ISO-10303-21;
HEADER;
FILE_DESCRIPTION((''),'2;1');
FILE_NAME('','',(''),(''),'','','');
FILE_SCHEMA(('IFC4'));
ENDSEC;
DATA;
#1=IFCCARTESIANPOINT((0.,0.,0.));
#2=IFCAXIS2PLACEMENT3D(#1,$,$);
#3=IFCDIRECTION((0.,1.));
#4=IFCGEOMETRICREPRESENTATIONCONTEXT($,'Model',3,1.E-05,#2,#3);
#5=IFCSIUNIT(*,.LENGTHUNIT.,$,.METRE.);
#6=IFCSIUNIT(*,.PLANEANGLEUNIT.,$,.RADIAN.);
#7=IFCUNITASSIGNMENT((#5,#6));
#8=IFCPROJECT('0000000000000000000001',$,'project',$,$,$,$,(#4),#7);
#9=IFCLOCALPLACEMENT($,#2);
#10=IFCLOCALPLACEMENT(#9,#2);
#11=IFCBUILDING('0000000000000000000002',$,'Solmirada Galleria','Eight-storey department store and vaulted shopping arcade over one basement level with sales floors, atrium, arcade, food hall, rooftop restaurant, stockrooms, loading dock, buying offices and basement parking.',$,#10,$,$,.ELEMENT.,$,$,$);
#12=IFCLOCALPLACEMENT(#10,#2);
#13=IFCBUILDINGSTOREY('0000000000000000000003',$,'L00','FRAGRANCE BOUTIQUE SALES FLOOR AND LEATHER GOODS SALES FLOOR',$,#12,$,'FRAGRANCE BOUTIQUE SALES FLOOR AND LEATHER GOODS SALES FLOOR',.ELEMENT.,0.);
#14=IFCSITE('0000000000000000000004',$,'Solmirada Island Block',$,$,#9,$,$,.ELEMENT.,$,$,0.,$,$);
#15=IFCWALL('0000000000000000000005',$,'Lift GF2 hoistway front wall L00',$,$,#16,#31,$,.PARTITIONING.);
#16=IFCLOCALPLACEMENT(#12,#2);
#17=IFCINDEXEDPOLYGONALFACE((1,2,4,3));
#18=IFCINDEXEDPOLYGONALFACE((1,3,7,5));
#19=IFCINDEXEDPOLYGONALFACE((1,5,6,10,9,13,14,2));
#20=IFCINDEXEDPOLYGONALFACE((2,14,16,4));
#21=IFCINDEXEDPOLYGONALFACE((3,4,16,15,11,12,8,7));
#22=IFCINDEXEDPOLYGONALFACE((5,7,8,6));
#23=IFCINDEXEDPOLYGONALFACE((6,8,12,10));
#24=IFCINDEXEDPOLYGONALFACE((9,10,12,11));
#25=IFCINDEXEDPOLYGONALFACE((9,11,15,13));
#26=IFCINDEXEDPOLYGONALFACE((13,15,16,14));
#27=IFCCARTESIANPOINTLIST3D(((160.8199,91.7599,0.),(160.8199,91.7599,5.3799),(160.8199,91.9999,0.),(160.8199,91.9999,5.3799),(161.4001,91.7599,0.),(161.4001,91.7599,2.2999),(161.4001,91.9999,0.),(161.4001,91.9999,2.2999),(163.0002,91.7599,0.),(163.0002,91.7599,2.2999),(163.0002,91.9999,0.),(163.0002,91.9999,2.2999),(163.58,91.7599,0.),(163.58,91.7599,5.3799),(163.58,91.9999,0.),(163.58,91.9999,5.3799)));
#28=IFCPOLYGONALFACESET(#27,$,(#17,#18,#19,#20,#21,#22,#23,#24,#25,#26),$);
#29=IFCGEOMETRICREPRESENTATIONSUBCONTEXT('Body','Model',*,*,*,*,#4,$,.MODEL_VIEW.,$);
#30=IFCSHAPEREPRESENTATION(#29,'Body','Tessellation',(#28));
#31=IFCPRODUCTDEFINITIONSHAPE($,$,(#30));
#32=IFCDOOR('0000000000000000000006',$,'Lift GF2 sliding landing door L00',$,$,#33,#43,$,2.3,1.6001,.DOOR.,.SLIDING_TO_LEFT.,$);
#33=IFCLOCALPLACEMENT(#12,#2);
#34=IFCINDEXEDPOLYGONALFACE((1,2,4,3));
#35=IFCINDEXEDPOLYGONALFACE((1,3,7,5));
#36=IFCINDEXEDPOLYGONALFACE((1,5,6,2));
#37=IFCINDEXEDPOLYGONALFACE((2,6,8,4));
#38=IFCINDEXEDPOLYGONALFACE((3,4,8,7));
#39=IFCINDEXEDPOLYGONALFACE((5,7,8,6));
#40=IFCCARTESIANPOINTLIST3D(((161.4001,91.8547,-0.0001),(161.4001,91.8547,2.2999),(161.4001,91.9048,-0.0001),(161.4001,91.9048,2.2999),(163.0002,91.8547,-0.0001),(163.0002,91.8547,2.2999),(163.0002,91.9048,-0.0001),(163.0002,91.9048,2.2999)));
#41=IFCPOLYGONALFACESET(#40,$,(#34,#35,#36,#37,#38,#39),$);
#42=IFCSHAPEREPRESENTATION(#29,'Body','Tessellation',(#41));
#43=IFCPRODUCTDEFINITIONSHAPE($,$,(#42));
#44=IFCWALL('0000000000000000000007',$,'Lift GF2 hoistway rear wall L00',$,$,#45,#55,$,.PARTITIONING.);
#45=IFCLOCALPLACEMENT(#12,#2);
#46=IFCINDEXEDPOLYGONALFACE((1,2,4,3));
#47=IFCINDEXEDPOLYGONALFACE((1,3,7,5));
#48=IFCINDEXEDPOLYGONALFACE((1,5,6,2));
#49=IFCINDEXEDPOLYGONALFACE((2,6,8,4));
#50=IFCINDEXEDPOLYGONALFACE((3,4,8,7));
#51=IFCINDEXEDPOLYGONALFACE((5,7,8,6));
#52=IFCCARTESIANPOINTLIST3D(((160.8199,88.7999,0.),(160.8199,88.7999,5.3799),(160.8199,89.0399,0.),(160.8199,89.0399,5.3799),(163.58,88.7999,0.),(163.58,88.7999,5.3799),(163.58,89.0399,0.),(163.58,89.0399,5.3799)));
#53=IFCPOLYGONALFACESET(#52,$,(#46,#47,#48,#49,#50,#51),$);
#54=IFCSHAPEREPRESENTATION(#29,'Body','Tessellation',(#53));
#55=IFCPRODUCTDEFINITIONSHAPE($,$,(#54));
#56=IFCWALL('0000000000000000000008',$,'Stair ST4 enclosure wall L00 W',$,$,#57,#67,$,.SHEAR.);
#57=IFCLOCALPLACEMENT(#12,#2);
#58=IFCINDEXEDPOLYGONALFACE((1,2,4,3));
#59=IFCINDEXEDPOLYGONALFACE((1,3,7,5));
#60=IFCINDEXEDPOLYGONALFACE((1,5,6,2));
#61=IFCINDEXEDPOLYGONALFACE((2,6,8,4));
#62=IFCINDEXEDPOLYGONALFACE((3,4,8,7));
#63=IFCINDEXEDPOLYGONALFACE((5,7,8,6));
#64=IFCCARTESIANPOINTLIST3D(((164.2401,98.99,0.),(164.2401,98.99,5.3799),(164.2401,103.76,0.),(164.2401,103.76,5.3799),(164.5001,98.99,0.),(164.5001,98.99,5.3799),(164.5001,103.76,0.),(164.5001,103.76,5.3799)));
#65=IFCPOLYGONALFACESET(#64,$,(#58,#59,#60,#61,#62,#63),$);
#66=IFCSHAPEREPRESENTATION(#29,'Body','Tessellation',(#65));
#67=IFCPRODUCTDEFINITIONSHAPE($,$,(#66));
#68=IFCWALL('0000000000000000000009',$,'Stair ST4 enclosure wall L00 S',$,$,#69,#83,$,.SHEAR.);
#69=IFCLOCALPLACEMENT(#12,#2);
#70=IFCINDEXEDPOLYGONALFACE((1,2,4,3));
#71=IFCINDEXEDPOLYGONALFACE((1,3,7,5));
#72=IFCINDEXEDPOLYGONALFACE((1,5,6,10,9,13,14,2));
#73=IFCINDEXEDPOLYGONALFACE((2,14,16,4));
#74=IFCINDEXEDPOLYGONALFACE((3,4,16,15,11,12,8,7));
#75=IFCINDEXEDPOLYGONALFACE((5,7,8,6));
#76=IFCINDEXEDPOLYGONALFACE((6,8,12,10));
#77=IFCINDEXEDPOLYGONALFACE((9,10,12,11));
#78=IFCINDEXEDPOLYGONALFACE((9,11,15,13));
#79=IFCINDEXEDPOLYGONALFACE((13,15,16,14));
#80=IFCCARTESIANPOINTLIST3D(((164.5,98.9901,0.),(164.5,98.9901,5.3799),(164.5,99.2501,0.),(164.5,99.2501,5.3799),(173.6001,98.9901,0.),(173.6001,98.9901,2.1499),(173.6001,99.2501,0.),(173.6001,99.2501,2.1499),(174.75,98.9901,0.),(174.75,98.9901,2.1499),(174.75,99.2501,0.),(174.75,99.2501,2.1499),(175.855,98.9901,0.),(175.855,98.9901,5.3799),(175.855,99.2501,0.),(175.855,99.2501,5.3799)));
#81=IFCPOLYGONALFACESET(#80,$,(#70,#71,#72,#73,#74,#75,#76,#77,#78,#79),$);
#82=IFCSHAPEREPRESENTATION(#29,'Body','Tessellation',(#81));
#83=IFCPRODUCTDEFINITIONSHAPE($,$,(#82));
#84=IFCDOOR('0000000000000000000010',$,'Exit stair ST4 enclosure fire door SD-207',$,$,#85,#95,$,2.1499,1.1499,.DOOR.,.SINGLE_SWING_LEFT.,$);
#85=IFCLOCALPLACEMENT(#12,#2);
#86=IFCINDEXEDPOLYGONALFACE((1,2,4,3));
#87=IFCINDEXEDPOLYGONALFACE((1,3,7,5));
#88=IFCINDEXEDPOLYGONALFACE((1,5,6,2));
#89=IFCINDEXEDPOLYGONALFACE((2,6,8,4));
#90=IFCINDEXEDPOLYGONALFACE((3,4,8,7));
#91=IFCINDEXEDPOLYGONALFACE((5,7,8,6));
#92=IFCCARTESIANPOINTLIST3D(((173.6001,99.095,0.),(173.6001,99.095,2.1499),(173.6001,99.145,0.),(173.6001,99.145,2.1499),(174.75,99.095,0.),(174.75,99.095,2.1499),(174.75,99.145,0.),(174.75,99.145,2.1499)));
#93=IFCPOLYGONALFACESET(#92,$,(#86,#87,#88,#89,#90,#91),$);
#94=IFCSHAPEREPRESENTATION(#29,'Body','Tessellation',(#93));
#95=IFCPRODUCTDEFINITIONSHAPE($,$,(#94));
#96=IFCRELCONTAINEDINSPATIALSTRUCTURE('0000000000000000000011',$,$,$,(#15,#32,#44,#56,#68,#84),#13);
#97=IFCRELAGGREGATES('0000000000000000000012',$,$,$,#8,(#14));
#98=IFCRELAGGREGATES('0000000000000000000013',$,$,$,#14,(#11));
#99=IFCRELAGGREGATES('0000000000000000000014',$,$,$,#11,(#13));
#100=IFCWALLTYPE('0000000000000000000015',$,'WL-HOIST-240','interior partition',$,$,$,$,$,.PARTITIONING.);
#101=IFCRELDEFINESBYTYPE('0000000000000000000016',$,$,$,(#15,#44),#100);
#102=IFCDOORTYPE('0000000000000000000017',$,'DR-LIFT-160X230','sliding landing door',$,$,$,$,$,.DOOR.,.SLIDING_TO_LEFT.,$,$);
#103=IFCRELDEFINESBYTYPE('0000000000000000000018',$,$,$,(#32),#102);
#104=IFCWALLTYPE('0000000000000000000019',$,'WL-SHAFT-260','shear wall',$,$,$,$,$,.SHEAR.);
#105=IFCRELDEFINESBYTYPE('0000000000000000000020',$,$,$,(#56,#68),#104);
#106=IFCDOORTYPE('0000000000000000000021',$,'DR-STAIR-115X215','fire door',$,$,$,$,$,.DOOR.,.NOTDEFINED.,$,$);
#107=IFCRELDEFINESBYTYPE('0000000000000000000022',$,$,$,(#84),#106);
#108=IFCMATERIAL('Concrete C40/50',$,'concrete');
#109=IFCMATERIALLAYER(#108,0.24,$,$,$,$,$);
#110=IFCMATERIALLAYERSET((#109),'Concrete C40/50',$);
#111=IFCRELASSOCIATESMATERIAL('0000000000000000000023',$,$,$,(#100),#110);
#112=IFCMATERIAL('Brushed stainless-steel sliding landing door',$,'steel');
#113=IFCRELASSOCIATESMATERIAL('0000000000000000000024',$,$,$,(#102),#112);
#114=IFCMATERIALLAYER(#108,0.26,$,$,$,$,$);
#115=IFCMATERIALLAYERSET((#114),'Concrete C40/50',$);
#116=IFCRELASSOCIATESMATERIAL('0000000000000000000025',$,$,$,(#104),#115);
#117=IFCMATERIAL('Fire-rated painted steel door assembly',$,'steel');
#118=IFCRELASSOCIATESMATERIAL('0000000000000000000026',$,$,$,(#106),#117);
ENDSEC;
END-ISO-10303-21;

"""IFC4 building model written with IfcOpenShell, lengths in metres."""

from ifc_helpers import new_model, si_unit, direction, frame, frame_2d, origin, place, context, subcontext, project, spatial, rectangle, extrude, material, layer, layer_set, type_object, element, fill, save


model = new_model("IFC4")

# Units and contexts
model_context = context("Model", 3, precision=1e-05, world=origin(), true_north=direction((0.0, 1.0)))
body_context = subcontext(model_context, "Body", "Model", "MODEL_VIEW")
ifc_project = project(units=[si_unit("LENGTHUNIT", "METRE"), si_unit("PLANEANGLEUNIT", "RADIAN")], contexts=[model_context])

# Site, building, storey
site_placement = place(None, origin())
site = spatial("IfcSite", under=ifc_project, at=site_placement, Name="Solmirada Island Block", CompositionType="ELEMENT", RefElevation=0.0)
building_placement = place(site_placement, origin())
building = spatial("IfcBuilding", under=site, at=building_placement, Name="Solmirada Galleria", Description="Eight-storey department store and vaulted shopping arcade over one basement level with sales floors, atrium, arcade, food hall, rooftop restaurant, stockrooms, loading dock, buying offices and basement parking.", CompositionType="ELEMENT")
storey_placement = place(building_placement, origin())
storey = spatial("IfcBuildingStorey", under=building, at=storey_placement, Name="L00", Description="FRAGRANCE BOUTIQUE SALES FLOOR AND LEATHER GOODS SALES FLOOR", LongName="FRAGRANCE BOUTIQUE SALES FLOOR AND LEATHER GOODS SALES FLOOR", CompositionType="ELEMENT", Elevation=0.0)

# Shared definitions
ifc_material_1 = material(Name="Concrete C40/50", Category="concrete")

# Shared definitions
ifc_layer_1 = layer(ifc_material_1, 0.24)
ifc_layer_set_1 = layer_set([ifc_layer_1], Name="Concrete C40/50")
wall_type_1 = type_object("IfcWallType", Name="WL-HOIST-240", Description="interior partition", PredefinedType="PARTITIONING", material=ifc_layer_set_1)
ifc_material_2 = material(Name="Brushed stainless-steel sliding landing door", Category="steel")
door_type_1 = type_object("IfcDoorType", Name="DR-LIFT-160X230", Description="sliding landing door", OperationType="SLIDING_TO_LEFT", PredefinedType="DOOR", material=ifc_material_2)

# Wall, opening, door
wall_1_placement = place(storey_placement, frame((160.8201, 91.8799, 0.0), z_axis=(0.0, 0.0, 1.0), x_axis=(1.0, 0.0, 0.0)))
wall_1 = element("IfcWall", 1, at=wall_1_placement, inside=storey, type_object=wall_type_1, Name="Lift GF2 hoistway front wall L00", PredefinedType="PARTITIONING", context=body_context, shape_type="SweptSolid", body=[
    extrude(rectangle(XDim=2.76, YDim=0.24, at=frame_2d((1.3799, 0.0))), origin(), (0.0, 0.0, 1.0), 5.3799),
])
opening_1_placement = place(wall_1_placement, frame((0.5801, 0.0, 0.0)))
opening_1 = element("IfcOpeningElement", 2, at=opening_1_placement, cuts=wall_1, PredefinedType="OPENING", context=body_context, shape_type="SweptSolid", body=[
    extrude(rectangle(XDim=1.6001, YDim=2.3, at=frame_2d((0.8, 1.1499))), frame((0.0, 0.1299, 0.0), z_axis=(0.0, -1.0, 0.0), x_axis=(1.0, 0.0, 0.0)), (0.0, 0.0, 1.0), 0.26),
])
door_1_placement = place(opening_1_placement, origin())
door_1 = element("IfcDoor", 3, at=door_1_placement, inside=storey, type_object=door_type_1, Name="Lift GF2 sliding landing door L00", OperationType="SLIDING_TO_LEFT", OverallHeight=2.3, OverallWidth=1.6001, PredefinedType="DOOR", context=body_context, shape_type="SweptSolid", body=[
    extrude(rectangle(XDim=1.6001, YDim=2.3, at=frame_2d((0.8, 1.1499))), frame((0.0, 0.0249, 0.0), z_axis=(0.0, -1.0, 0.0), x_axis=(1.0, 0.0, 0.0)), (0.0, 0.0, 1.0), 0.05),
])
fill(opening_1, door_1)

# Walls
wall_2_placement = place(storey_placement, frame((160.8201, 88.9199, 0.0), z_axis=(0.0, 0.0, 1.0), x_axis=(1.0, 0.0, 0.0)))
element("IfcWall", 4, at=wall_2_placement, inside=storey, type_object=wall_type_1, Name="Lift GF2 hoistway rear wall L00", PredefinedType="PARTITIONING", context=body_context, shape_type="SweptSolid", body=[
    extrude(rectangle(XDim=2.76, YDim=0.24, at=frame_2d((1.3799, 0.0))), origin(), (0.0, 0.0, 1.0), 5.3799),
])
ifc_layer_2 = layer(ifc_material_1, 0.26)
ifc_layer_set_2 = layer_set([ifc_layer_2], Name="Concrete C40/50")
wall_type_2 = type_object("IfcWallType", Name="WL-SHAFT-260", Description="shear wall", PredefinedType="SHEAR", material=ifc_layer_set_2)
wall_3_placement = place(storey_placement, frame((164.3701, 98.99, 0.0), z_axis=(0.0, 0.0, 1.0), x_axis=(0.0, 1.0, 0.0)))
element("IfcWall", 5, at=wall_3_placement, inside=storey, type_object=wall_type_2, Name="Stair ST4 enclosure wall L00 W", PredefinedType="SHEAR", context=body_context, shape_type="SweptSolid", body=[
    extrude(rectangle(XDim=4.77, YDim=0.26, at=frame_2d((2.385, 0.0))), origin(), (0.0, 0.0, 1.0), 5.3799),
])

# Wall, opening, door
wall_4_placement = place(storey_placement, frame((164.5, 99.1201, 0.0), z_axis=(0.0, 0.0, 1.0), x_axis=(1.0, 0.0, 0.0)))
wall_4 = element("IfcWall", 6, at=wall_4_placement, inside=storey, type_object=wall_type_2, Name="Stair ST4 enclosure wall L00 S", PredefinedType="SHEAR", context=body_context, shape_type="SweptSolid", body=[
    extrude(rectangle(XDim=11.355, YDim=0.26, at=frame_2d((5.6775, 0.0))), origin(), (0.0, 0.0, 1.0), 5.3799),
])
opening_2_placement = place(wall_4_placement, frame((9.1001, 0.0, 0.0)))
opening_2 = element("IfcOpeningElement", 7, at=opening_2_placement, cuts=wall_4, PredefinedType="OPENING", context=body_context, shape_type="SweptSolid", body=[
    extrude(rectangle(XDim=1.1499, YDim=2.1499, at=frame_2d((0.575, 1.075))), frame((0.0, 0.1399, 0.0), z_axis=(0.0, -1.0, 0.0), x_axis=(1.0, 0.0, 0.0)), (0.0, 0.0, 1.0), 0.28),
])
ifc_material_3 = material(Name="Fire-rated painted steel door assembly", Category="steel")
door_type_2 = type_object("IfcDoorType", Name="DR-STAIR-115X215", Description="fire door", OperationType="NOTDEFINED", PredefinedType="DOOR", material=ifc_material_3)
door_2_placement = place(opening_2_placement, origin())
door_2 = element("IfcDoor", 8, at=door_2_placement, inside=storey, type_object=door_type_2, Name="Exit stair ST4 enclosure fire door SD-207", OperationType="SINGLE_SWING_LEFT", OverallHeight=2.1499, OverallWidth=1.1499, PredefinedType="DOOR", context=body_context, shape_type="SweptSolid", body=[
    extrude(rectangle(XDim=1.1499, YDim=2.1499, at=frame_2d((0.575, 1.075))), frame((0.0, 0.0249, 0.0), z_axis=(0.0, -1.0, 0.0), x_axis=(1.0, 0.0, 0.0)), (0.0, 0.0, 1.0), 0.05),
])
fill(opening_2, door_2)

save(model, "model.ifc")
